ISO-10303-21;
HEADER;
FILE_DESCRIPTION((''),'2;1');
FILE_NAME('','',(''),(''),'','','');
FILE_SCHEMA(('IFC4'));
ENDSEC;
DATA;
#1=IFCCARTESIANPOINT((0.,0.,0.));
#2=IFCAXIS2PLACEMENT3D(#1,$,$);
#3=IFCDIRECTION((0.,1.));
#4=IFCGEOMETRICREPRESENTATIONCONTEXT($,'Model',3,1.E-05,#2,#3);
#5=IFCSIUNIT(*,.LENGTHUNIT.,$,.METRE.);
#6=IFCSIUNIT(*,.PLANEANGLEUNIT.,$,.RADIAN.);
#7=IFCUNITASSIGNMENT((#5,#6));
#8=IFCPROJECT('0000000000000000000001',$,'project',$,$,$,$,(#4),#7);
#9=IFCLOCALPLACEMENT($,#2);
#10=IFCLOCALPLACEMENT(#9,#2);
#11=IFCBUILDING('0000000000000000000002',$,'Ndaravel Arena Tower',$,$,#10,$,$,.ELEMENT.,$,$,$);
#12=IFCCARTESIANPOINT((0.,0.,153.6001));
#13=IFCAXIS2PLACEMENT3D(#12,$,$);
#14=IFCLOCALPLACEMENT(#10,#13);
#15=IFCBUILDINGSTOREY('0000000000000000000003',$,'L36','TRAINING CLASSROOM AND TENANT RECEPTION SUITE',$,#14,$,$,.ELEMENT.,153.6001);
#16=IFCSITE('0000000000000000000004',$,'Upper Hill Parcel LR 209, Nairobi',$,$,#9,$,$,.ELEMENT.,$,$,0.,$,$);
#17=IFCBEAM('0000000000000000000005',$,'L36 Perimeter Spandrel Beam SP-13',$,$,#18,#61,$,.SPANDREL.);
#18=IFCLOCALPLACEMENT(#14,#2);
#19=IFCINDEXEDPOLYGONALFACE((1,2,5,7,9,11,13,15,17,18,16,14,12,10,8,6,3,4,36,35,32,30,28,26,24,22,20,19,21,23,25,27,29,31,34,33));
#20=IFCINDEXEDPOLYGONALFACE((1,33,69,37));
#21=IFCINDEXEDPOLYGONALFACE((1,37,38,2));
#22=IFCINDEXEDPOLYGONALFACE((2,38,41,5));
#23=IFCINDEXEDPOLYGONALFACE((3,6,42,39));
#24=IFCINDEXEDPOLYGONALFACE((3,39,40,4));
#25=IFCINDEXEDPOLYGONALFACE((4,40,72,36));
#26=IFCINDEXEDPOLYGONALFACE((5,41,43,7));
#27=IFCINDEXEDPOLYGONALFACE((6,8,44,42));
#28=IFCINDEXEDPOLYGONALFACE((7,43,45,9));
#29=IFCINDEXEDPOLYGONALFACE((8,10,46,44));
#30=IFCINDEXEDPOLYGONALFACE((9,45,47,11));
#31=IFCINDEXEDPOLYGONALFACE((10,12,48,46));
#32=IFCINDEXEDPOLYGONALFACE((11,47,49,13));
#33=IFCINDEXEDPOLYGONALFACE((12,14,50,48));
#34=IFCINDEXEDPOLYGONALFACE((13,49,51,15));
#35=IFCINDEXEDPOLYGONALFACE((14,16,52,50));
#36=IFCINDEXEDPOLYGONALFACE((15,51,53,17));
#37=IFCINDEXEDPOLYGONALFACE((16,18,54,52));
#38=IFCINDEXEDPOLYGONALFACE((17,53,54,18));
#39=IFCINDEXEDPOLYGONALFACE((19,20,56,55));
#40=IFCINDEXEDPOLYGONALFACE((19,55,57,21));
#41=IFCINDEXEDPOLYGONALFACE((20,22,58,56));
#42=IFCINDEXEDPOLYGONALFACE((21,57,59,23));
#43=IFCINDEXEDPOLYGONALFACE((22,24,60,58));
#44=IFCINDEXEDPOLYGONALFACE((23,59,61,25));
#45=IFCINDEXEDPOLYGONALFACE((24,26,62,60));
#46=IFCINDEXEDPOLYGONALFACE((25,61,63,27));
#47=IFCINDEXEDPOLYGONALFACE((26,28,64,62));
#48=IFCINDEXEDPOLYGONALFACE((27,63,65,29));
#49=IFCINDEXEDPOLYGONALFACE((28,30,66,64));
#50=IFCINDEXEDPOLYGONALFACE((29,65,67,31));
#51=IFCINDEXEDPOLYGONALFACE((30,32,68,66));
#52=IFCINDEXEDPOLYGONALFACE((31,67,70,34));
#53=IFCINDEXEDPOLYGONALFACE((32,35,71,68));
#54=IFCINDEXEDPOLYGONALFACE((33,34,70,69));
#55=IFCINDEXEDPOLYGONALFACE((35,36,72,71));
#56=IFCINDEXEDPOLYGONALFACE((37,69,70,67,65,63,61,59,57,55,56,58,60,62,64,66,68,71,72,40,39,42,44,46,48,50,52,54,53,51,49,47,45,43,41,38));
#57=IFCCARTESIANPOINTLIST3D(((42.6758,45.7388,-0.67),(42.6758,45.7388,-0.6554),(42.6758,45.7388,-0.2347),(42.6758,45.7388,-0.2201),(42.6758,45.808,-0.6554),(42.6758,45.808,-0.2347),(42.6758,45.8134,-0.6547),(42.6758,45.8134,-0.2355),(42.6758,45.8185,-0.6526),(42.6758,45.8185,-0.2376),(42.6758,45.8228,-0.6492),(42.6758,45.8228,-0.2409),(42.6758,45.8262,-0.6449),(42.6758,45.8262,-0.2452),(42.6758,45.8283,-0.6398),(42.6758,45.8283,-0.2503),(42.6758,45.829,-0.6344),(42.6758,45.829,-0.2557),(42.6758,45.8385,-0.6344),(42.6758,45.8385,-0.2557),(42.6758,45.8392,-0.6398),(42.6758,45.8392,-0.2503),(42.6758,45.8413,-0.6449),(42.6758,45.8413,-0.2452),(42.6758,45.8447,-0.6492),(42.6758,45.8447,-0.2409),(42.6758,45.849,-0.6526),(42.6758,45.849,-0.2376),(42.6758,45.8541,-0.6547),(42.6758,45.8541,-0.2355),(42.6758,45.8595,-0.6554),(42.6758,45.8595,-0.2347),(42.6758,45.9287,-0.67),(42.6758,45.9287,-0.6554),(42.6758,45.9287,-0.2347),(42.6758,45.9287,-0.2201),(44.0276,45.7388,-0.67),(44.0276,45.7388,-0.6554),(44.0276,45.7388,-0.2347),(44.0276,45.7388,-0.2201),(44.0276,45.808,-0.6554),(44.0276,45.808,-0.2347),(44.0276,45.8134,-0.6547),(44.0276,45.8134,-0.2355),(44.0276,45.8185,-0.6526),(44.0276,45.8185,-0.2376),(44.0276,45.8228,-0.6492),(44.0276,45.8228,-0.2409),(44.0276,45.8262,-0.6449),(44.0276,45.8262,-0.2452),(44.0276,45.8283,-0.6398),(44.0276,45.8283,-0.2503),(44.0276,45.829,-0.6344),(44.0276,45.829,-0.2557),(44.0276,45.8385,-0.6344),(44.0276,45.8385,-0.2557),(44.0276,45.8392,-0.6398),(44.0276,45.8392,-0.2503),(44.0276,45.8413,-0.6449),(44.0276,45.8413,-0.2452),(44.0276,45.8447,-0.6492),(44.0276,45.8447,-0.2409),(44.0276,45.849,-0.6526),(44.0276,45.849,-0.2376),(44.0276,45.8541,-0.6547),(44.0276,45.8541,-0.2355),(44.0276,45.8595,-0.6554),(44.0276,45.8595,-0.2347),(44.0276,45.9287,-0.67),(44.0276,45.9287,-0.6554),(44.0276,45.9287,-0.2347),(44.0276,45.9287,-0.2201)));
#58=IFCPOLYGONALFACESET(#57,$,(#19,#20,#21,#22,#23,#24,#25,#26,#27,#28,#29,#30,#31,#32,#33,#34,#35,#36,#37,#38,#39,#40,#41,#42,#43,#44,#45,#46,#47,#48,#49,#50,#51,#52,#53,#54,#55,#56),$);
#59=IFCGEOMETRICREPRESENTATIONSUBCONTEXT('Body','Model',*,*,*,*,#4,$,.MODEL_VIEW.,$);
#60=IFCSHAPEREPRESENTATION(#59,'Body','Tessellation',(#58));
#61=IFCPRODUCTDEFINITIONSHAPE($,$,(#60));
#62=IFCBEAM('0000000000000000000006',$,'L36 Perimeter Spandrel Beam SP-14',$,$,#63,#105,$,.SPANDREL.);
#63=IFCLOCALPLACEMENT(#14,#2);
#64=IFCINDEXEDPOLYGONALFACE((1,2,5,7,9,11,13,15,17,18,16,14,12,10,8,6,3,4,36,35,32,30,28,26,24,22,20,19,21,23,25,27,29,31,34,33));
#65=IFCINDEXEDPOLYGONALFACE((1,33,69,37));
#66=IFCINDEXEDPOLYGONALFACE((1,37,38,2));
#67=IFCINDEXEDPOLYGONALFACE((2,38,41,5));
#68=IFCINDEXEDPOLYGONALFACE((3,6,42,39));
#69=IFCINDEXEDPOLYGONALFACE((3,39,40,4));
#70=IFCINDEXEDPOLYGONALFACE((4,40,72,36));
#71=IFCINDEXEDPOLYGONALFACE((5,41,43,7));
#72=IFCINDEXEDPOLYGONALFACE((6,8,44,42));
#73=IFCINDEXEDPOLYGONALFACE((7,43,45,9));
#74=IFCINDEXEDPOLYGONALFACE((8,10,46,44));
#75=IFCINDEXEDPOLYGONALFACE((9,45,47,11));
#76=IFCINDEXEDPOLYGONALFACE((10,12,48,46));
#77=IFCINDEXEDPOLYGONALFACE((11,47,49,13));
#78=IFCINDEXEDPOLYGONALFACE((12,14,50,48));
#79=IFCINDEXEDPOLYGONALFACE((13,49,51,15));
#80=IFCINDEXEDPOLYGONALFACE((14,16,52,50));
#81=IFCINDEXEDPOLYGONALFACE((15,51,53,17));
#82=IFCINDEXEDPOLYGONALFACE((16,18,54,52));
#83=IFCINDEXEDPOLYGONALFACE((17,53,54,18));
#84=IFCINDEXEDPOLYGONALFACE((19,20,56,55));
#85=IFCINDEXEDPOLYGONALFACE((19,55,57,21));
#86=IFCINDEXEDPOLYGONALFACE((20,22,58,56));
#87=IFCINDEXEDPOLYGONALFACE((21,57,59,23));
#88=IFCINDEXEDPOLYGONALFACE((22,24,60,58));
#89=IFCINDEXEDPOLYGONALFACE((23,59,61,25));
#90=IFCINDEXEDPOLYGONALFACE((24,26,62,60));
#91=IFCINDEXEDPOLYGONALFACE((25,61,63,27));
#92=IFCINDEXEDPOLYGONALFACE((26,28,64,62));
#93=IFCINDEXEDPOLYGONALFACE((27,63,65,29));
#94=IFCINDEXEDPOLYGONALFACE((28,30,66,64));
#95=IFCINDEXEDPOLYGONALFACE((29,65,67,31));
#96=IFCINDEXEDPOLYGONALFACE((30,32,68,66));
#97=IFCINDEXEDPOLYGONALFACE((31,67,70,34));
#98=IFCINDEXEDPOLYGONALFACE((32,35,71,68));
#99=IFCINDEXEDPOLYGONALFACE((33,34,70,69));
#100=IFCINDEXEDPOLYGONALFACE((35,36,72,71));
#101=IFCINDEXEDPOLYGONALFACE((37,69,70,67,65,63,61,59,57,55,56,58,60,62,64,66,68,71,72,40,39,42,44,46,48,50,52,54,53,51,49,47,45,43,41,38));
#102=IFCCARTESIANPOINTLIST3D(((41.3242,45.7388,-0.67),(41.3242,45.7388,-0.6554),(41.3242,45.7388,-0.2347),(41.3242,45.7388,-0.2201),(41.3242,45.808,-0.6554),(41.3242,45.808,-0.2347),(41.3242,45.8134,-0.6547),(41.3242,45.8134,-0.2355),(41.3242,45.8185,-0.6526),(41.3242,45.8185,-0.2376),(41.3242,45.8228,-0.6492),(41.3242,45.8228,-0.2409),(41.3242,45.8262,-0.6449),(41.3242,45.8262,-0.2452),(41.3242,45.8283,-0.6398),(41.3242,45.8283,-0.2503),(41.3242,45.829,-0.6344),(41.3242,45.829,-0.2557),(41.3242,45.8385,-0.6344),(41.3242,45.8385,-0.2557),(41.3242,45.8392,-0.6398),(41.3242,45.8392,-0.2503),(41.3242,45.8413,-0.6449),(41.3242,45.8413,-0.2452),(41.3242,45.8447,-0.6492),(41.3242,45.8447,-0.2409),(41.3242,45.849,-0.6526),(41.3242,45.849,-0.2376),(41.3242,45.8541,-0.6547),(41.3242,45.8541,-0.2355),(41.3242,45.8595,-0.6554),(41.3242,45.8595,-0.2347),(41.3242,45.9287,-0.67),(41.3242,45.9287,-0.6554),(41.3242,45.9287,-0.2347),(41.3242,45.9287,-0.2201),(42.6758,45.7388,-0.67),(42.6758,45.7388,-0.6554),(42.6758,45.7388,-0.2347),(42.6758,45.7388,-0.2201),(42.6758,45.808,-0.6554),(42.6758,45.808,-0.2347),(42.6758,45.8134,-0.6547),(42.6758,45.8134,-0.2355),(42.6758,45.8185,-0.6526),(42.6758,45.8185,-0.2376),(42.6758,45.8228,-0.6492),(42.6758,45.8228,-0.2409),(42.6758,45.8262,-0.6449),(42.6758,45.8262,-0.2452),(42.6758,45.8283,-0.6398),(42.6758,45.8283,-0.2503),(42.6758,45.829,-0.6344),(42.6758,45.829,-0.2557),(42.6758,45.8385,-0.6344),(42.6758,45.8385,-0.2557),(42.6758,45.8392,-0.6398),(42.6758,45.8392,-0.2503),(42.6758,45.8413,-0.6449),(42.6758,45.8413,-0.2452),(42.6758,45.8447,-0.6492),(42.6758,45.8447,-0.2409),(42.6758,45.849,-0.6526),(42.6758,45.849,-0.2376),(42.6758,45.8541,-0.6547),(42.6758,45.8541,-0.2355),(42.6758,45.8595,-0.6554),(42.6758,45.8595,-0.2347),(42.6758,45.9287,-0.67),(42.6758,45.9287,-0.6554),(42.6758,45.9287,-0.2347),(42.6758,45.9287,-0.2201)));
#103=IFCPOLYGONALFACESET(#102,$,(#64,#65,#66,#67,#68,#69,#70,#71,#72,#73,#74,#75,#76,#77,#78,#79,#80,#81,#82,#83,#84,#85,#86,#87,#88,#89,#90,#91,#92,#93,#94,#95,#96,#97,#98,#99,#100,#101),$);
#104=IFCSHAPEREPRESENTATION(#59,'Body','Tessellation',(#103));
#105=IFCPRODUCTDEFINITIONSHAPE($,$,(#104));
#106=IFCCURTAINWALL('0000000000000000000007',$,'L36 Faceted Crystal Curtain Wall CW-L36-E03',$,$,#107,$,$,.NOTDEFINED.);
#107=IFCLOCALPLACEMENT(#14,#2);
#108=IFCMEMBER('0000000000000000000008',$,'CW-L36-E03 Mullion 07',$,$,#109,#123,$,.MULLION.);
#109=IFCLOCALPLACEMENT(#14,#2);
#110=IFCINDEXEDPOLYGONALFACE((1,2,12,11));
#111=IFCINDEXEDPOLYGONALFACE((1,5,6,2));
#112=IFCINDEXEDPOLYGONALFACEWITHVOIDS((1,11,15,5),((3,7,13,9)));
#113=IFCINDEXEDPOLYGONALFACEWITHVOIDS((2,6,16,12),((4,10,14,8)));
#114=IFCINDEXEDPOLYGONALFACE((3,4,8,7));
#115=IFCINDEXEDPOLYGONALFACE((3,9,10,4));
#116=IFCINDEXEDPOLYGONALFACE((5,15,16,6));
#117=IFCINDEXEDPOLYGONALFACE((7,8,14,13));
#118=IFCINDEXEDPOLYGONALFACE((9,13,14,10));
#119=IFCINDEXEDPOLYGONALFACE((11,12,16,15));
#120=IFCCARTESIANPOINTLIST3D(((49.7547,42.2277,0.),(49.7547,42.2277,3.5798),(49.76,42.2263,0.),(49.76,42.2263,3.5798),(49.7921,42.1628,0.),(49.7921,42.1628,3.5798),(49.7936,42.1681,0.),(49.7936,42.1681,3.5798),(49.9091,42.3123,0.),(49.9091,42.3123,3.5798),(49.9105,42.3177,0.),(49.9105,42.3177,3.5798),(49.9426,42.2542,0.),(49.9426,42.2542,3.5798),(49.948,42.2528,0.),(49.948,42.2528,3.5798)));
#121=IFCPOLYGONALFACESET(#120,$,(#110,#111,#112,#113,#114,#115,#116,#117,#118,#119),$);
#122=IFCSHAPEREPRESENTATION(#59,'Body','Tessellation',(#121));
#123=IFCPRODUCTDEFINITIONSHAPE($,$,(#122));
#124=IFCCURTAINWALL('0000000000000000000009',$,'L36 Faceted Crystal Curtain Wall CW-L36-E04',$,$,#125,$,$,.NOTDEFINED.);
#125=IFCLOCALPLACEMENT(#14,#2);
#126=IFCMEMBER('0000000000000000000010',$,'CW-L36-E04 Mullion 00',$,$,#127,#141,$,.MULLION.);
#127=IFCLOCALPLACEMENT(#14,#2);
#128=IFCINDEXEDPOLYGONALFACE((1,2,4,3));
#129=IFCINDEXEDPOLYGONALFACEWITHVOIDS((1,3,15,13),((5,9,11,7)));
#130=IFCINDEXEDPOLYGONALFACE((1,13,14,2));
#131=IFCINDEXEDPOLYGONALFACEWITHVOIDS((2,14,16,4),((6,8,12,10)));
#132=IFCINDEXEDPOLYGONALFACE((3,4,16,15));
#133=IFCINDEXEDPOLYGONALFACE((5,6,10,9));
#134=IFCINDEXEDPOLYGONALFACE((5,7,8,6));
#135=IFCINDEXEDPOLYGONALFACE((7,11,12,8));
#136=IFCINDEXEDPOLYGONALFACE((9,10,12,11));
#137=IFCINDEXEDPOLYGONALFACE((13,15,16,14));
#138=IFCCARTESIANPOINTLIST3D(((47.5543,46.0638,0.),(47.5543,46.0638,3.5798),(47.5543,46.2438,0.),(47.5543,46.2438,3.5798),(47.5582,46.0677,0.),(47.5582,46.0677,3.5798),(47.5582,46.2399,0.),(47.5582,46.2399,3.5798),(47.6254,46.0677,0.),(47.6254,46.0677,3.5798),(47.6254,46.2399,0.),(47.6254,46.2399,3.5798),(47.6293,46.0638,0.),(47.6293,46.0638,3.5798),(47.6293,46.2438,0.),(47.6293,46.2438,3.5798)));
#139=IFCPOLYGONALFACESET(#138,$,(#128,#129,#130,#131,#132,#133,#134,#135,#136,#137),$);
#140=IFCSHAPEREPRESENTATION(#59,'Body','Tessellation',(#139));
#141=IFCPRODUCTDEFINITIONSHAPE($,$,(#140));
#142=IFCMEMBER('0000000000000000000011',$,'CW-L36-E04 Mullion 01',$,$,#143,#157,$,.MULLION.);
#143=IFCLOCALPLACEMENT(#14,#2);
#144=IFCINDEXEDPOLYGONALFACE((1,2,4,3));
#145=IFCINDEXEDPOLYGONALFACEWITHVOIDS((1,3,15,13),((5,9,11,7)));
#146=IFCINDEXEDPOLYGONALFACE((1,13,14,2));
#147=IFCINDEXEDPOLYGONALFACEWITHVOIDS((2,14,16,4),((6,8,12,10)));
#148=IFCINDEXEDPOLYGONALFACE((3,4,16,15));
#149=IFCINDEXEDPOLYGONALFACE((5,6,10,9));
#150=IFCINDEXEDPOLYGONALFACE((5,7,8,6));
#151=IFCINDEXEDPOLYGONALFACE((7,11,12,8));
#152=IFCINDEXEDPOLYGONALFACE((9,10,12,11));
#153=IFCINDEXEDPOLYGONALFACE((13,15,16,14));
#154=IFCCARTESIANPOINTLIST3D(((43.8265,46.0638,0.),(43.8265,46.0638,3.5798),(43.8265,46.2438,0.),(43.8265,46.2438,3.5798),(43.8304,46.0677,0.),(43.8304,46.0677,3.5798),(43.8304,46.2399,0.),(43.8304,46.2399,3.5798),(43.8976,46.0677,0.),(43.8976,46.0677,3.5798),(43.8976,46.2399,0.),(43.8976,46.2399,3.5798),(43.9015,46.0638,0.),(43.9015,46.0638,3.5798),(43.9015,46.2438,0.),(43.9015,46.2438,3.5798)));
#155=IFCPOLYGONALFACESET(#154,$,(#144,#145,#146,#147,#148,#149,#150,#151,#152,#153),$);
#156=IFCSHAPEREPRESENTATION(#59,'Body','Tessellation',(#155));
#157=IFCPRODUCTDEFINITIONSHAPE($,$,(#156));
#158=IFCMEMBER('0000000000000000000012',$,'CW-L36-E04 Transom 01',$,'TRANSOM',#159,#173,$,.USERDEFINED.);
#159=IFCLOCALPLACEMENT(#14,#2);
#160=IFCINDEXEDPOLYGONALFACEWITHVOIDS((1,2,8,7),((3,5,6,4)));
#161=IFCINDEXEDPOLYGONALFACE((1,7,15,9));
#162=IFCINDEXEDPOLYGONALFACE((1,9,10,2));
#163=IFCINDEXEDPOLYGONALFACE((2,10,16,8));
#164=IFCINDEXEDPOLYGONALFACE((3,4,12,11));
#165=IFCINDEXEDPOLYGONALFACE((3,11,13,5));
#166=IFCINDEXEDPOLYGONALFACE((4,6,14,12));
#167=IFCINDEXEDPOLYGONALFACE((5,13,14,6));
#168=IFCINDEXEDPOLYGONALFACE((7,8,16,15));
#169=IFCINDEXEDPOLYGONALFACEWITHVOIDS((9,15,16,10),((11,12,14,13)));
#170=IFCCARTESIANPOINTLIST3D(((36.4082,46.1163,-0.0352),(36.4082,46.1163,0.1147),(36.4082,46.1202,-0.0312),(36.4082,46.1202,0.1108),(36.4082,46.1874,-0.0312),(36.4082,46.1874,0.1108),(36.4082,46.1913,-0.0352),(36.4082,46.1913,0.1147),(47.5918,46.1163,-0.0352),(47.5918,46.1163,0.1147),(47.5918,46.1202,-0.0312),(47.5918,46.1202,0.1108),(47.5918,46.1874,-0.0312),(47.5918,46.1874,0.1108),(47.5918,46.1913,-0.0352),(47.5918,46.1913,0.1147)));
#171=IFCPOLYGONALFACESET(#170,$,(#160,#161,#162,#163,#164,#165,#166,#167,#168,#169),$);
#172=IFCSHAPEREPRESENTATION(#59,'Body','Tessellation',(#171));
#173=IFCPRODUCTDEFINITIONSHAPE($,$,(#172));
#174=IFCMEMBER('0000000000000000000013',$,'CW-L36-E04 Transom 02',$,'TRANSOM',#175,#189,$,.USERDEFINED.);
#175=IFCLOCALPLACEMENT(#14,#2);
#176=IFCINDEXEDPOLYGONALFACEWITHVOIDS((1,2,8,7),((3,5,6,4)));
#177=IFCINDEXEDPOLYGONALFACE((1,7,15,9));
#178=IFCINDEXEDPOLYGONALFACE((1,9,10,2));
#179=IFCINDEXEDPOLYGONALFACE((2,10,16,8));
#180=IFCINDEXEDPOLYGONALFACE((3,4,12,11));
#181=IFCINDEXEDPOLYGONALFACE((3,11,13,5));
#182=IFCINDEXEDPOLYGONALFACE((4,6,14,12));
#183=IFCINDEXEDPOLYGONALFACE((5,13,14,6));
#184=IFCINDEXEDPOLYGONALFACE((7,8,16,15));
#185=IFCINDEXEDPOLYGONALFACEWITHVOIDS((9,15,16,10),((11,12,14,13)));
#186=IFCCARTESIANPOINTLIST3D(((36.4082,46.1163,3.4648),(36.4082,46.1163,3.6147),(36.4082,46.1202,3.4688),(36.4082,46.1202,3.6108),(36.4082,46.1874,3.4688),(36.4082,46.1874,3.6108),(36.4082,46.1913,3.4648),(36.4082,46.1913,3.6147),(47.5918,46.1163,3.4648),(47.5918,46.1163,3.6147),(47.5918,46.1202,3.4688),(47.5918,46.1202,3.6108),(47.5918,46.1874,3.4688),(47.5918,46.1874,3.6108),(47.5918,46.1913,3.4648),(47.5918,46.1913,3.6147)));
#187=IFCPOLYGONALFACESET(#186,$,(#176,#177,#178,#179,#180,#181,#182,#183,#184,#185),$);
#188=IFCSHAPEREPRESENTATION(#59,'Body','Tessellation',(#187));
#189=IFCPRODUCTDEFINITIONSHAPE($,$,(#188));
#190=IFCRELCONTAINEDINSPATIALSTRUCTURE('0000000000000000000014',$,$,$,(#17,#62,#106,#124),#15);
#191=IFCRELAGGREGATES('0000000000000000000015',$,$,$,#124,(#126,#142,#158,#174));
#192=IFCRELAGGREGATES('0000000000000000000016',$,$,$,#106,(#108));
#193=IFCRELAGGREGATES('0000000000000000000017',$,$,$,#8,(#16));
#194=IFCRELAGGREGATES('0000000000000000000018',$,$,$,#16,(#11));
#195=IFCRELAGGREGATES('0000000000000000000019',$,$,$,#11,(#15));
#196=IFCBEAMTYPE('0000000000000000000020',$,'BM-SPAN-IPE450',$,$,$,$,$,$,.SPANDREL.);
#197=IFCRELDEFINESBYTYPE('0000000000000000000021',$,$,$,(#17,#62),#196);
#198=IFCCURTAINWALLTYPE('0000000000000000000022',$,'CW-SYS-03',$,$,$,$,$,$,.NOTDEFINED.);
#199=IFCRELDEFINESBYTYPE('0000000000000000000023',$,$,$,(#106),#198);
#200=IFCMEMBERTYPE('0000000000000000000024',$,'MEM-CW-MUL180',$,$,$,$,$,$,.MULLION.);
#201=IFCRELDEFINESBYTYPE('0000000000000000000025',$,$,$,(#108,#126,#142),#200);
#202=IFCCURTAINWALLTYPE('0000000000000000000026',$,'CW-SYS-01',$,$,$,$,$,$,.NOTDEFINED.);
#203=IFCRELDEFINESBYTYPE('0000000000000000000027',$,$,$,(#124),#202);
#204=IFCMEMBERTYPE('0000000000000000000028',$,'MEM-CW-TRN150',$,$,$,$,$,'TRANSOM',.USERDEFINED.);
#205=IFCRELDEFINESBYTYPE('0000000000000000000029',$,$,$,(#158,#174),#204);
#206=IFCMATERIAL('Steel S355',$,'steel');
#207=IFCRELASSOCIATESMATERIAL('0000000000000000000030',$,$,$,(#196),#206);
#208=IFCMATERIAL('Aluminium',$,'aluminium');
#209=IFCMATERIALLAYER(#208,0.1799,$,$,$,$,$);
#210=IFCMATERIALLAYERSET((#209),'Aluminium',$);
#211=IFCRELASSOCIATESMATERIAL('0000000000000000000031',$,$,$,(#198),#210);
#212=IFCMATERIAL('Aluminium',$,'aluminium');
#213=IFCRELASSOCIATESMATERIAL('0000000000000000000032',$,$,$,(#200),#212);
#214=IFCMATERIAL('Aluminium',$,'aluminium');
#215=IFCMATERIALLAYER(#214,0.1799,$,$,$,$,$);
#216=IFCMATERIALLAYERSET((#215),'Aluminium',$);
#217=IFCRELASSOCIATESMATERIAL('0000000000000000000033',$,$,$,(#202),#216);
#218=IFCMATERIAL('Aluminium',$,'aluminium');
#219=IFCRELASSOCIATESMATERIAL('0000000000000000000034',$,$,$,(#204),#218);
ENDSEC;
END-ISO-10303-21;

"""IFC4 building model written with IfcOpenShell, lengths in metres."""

from ifc_helpers import new_model, si_unit, direction, frame, origin, origin_2d, place, context, subcontext, project, spatial, hollow_rectangle, i_section, extrude, material, layer, layer_set, material_profile, profile_set, type_object, element, aggregate, save


model = new_model("IFC4")

# Units and contexts
model_context = context("Model", 3, precision=1e-05, world=origin(), true_north=direction((0.0, 1.0)))
body_context = subcontext(model_context, "Body", "Model", "MODEL_VIEW")
ifc_project = project(units=[si_unit("LENGTHUNIT", "METRE"), si_unit("PLANEANGLEUNIT", "RADIAN")], contexts=[model_context])

# Site, building, storey
site_placement = place(None, origin())
site = spatial("IfcSite", under=ifc_project, at=site_placement, Name="Upper Hill Parcel LR 209, Nairobi", CompositionType="ELEMENT", RefElevation=0.0)
building_placement = place(site_placement, origin())
building = spatial("IfcBuilding", under=site, at=building_placement, Name="Ndaravel Arena Tower", CompositionType="ELEMENT")
storey_placement = place(building_placement, frame((0.0, 0.0, 153.6001)))
storey = spatial("IfcBuildingStorey", under=building, at=storey_placement, Name="L36", Description="TRAINING CLASSROOM AND TENANT RECEPTION SUITE", CompositionType="ELEMENT", Elevation=153.6001)

# Beams
ifc_material_1 = material(Name="Steel S355", Category="steel")
ifc_material_profile_1 = material_profile(ifc_material_1, i_section(OverallWidth=0.1899, OverallDepth=0.45, WebThickness=0.0095, FlangeThickness=0.0146, FilletRadius=0.021, at=origin_2d()), Name="IPE 450")
ifc_profile_set_1 = profile_set([ifc_material_profile_1], Name="Steel S355")
beam_type_1 = type_object("IfcBeamType", Name="BM-SPAN-IPE450", PredefinedType="SPANDREL", material=ifc_profile_set_1)
for number, where, z_axis, x_axis, name in (
    (1, (44.0276, 45.8337, -0.4451), (-1.0, 0.0, 0.0), (0.0, -1.0, 0.0), "L36 Perimeter Spandrel Beam SP-13"),
):
    element("IfcBeam", number, at=place(storey_placement, frame(where, z_axis=z_axis, x_axis=x_axis)), inside=storey, type_object=beam_type_1, Name=name, PredefinedType="SPANDREL", context=body_context, shape_type="SweptSolid", body=[
        extrude(i_section(OverallWidth=0.1899, OverallDepth=0.45, WebThickness=0.0095, FlangeThickness=0.0146, FilletRadius=0.021, at=origin_2d()), origin(), (0.0, 0.0, 1.0), 1.3518),
    ])
beam_1_placement = place(storey_placement, frame((42.6758, 45.8337, -0.4451), z_axis=(-1.0, 0.0, 0.0), x_axis=(0.0, -1.0, 0.0)))
element("IfcBeam", 2, at=beam_1_placement, inside=storey, type_object=beam_type_1, Name="L36 Perimeter Spandrel Beam SP-14", PredefinedType="SPANDREL", context=body_context, shape_type="SweptSolid", body=[
    extrude(i_section(OverallWidth=0.1899, OverallDepth=0.45, WebThickness=0.0095, FlangeThickness=0.0146, FilletRadius=0.021, at=origin_2d()), origin(), (0.0, 0.0, 1.0), 1.3516),
])

# Curtain wall, member
ifc_material_2 = material(Name="Aluminium", Category="aluminium")
ifc_layer_1 = layer(ifc_material_2, 0.1799)
ifc_layer_set_1 = layer_set([ifc_layer_1], Name="Aluminium")
curtain_wall_type_1 = type_object("IfcCurtainWallType", Name="CW-SYS-03", PredefinedType="NOTDEFINED", material=ifc_layer_set_1)
curtain_wall_1_placement = place(storey_placement, origin())
curtain_wall_1 = element("IfcCurtainWall", 3, at=curtain_wall_1_placement, inside=storey, type_object=curtain_wall_type_1, Name="L36 Faceted Crystal Curtain Wall CW-L36-E03", PredefinedType="NOTDEFINED")
ifc_material_3 = material(Name="Aluminium", Category="aluminium")
ifc_material_profile_2 = material_profile(ifc_material_3, hollow_rectangle(XDim=0.075, YDim=0.1799, WallThickness=0.0039, at=origin_2d()), Name="CW MULLION 75x180x4")
ifc_profile_set_2 = profile_set([ifc_material_profile_2], Name="Aluminium")
member_type_1 = type_object("IfcMemberType", Name="MEM-CW-MUL180", PredefinedType="MULLION", material=ifc_profile_set_2)
member_1_placement = place(storey_placement, frame((49.8513, 42.2402, 0.0), z_axis=(0.0, 0.0, 1.0), x_axis=(-0.5, 0.866025, 0.0)))
member_1 = element("IfcMember", 4, at=member_1_placement, type_object=member_type_1, Name="CW-L36-E03 Mullion 07", PredefinedType="MULLION", context=body_context, shape_type="SweptSolid", body=[
    extrude(hollow_rectangle(XDim=0.075, YDim=0.1799, WallThickness=0.0039, at=origin_2d()), origin(), (0.0, 0.0, 1.0), 3.5798),
])

# Curtain wall, members
ifc_material_4 = material(Name="Aluminium", Category="aluminium")
ifc_layer_2 = layer(ifc_material_4, 0.1799)
ifc_layer_set_2 = layer_set([ifc_layer_2], Name="Aluminium")
curtain_wall_type_2 = type_object("IfcCurtainWallType", Name="CW-SYS-01", PredefinedType="NOTDEFINED", material=ifc_layer_set_2)
curtain_wall_2_placement = place(storey_placement, origin())
curtain_wall_2 = element("IfcCurtainWall", 5, at=curtain_wall_2_placement, inside=storey, type_object=curtain_wall_type_2, Name="L36 Faceted Crystal Curtain Wall CW-L36-E04", PredefinedType="NOTDEFINED")
member_2_placement = place(storey_placement, frame((47.5918, 46.1538, 0.0), z_axis=(0.0, 0.0, 1.0), x_axis=(-1.0, 0.0, 0.0)))
member_2 = element("IfcMember", 6, at=member_2_placement, type_object=member_type_1, Name="CW-L36-E04 Mullion 00", PredefinedType="MULLION", context=body_context, shape_type="SweptSolid", body=[
    extrude(hollow_rectangle(XDim=0.075, YDim=0.1799, WallThickness=0.0039, at=origin_2d()), origin(), (0.0, 0.0, 1.0), 3.5798),
])
member_3_placement = place(storey_placement, frame((43.864, 46.1538, 0.0), z_axis=(0.0, 0.0, 1.0), x_axis=(-1.0, 0.0, 0.0)))
member_3 = element("IfcMember", 7, at=member_3_placement, type_object=member_type_1, Name="CW-L36-E04 Mullion 01", PredefinedType="MULLION", context=body_context, shape_type="SweptSolid", body=[
    extrude(hollow_rectangle(XDim=0.075, YDim=0.1799, WallThickness=0.0039, at=origin_2d()), origin(), (0.0, 0.0, 1.0), 3.5798),
])
ifc_material_5 = material(Name="Aluminium", Category="aluminium")
ifc_material_profile_3 = material_profile(ifc_material_5, hollow_rectangle(XDim=0.075, YDim=0.1499, WallThickness=0.0039, at=origin_2d()), Name="CW TRANSOM 75x150x4")
ifc_profile_set_3 = profile_set([ifc_material_profile_3], Name="Aluminium")
member_type_2 = type_object("IfcMemberType", Name="MEM-CW-TRN150", ElementType="TRANSOM", PredefinedType="USERDEFINED", material=ifc_profile_set_3)
member_4_placement = place(storey_placement, frame((47.5918, 46.1538, 0.0398), z_axis=(-1.0, 0.0, 0.0), x_axis=(0.0, -1.0, 0.0)))
member_4 = element("IfcMember", 8, at=member_4_placement, type_object=member_type_2, Name="CW-L36-E04 Transom 01", ObjectType="TRANSOM", PredefinedType="USERDEFINED", context=body_context, shape_type="SweptSolid", body=[
    extrude(hollow_rectangle(XDim=0.075, YDim=0.1499, WallThickness=0.0039, at=origin_2d()), origin(), (0.0, 0.0, 1.0), 11.1836),
])
member_5_placement = place(storey_placement, frame((47.5918, 46.1538, 3.5398), z_axis=(-1.0, 0.0, 0.0), x_axis=(0.0, -1.0, 0.0)))
member_5 = element("IfcMember", 9, at=member_5_placement, type_object=member_type_2, Name="CW-L36-E04 Transom 02", ObjectType="TRANSOM", PredefinedType="USERDEFINED", context=body_context, shape_type="SweptSolid", body=[
    extrude(hollow_rectangle(XDim=0.075, YDim=0.1499, WallThickness=0.0039, at=origin_2d()), origin(), (0.0, 0.0, 1.0), 11.1836),
])
aggregate(curtain_wall_2, [member_2, member_3, member_4, member_5])

aggregate(curtain_wall_1, [member_1])

save(model, "model.ifc")
